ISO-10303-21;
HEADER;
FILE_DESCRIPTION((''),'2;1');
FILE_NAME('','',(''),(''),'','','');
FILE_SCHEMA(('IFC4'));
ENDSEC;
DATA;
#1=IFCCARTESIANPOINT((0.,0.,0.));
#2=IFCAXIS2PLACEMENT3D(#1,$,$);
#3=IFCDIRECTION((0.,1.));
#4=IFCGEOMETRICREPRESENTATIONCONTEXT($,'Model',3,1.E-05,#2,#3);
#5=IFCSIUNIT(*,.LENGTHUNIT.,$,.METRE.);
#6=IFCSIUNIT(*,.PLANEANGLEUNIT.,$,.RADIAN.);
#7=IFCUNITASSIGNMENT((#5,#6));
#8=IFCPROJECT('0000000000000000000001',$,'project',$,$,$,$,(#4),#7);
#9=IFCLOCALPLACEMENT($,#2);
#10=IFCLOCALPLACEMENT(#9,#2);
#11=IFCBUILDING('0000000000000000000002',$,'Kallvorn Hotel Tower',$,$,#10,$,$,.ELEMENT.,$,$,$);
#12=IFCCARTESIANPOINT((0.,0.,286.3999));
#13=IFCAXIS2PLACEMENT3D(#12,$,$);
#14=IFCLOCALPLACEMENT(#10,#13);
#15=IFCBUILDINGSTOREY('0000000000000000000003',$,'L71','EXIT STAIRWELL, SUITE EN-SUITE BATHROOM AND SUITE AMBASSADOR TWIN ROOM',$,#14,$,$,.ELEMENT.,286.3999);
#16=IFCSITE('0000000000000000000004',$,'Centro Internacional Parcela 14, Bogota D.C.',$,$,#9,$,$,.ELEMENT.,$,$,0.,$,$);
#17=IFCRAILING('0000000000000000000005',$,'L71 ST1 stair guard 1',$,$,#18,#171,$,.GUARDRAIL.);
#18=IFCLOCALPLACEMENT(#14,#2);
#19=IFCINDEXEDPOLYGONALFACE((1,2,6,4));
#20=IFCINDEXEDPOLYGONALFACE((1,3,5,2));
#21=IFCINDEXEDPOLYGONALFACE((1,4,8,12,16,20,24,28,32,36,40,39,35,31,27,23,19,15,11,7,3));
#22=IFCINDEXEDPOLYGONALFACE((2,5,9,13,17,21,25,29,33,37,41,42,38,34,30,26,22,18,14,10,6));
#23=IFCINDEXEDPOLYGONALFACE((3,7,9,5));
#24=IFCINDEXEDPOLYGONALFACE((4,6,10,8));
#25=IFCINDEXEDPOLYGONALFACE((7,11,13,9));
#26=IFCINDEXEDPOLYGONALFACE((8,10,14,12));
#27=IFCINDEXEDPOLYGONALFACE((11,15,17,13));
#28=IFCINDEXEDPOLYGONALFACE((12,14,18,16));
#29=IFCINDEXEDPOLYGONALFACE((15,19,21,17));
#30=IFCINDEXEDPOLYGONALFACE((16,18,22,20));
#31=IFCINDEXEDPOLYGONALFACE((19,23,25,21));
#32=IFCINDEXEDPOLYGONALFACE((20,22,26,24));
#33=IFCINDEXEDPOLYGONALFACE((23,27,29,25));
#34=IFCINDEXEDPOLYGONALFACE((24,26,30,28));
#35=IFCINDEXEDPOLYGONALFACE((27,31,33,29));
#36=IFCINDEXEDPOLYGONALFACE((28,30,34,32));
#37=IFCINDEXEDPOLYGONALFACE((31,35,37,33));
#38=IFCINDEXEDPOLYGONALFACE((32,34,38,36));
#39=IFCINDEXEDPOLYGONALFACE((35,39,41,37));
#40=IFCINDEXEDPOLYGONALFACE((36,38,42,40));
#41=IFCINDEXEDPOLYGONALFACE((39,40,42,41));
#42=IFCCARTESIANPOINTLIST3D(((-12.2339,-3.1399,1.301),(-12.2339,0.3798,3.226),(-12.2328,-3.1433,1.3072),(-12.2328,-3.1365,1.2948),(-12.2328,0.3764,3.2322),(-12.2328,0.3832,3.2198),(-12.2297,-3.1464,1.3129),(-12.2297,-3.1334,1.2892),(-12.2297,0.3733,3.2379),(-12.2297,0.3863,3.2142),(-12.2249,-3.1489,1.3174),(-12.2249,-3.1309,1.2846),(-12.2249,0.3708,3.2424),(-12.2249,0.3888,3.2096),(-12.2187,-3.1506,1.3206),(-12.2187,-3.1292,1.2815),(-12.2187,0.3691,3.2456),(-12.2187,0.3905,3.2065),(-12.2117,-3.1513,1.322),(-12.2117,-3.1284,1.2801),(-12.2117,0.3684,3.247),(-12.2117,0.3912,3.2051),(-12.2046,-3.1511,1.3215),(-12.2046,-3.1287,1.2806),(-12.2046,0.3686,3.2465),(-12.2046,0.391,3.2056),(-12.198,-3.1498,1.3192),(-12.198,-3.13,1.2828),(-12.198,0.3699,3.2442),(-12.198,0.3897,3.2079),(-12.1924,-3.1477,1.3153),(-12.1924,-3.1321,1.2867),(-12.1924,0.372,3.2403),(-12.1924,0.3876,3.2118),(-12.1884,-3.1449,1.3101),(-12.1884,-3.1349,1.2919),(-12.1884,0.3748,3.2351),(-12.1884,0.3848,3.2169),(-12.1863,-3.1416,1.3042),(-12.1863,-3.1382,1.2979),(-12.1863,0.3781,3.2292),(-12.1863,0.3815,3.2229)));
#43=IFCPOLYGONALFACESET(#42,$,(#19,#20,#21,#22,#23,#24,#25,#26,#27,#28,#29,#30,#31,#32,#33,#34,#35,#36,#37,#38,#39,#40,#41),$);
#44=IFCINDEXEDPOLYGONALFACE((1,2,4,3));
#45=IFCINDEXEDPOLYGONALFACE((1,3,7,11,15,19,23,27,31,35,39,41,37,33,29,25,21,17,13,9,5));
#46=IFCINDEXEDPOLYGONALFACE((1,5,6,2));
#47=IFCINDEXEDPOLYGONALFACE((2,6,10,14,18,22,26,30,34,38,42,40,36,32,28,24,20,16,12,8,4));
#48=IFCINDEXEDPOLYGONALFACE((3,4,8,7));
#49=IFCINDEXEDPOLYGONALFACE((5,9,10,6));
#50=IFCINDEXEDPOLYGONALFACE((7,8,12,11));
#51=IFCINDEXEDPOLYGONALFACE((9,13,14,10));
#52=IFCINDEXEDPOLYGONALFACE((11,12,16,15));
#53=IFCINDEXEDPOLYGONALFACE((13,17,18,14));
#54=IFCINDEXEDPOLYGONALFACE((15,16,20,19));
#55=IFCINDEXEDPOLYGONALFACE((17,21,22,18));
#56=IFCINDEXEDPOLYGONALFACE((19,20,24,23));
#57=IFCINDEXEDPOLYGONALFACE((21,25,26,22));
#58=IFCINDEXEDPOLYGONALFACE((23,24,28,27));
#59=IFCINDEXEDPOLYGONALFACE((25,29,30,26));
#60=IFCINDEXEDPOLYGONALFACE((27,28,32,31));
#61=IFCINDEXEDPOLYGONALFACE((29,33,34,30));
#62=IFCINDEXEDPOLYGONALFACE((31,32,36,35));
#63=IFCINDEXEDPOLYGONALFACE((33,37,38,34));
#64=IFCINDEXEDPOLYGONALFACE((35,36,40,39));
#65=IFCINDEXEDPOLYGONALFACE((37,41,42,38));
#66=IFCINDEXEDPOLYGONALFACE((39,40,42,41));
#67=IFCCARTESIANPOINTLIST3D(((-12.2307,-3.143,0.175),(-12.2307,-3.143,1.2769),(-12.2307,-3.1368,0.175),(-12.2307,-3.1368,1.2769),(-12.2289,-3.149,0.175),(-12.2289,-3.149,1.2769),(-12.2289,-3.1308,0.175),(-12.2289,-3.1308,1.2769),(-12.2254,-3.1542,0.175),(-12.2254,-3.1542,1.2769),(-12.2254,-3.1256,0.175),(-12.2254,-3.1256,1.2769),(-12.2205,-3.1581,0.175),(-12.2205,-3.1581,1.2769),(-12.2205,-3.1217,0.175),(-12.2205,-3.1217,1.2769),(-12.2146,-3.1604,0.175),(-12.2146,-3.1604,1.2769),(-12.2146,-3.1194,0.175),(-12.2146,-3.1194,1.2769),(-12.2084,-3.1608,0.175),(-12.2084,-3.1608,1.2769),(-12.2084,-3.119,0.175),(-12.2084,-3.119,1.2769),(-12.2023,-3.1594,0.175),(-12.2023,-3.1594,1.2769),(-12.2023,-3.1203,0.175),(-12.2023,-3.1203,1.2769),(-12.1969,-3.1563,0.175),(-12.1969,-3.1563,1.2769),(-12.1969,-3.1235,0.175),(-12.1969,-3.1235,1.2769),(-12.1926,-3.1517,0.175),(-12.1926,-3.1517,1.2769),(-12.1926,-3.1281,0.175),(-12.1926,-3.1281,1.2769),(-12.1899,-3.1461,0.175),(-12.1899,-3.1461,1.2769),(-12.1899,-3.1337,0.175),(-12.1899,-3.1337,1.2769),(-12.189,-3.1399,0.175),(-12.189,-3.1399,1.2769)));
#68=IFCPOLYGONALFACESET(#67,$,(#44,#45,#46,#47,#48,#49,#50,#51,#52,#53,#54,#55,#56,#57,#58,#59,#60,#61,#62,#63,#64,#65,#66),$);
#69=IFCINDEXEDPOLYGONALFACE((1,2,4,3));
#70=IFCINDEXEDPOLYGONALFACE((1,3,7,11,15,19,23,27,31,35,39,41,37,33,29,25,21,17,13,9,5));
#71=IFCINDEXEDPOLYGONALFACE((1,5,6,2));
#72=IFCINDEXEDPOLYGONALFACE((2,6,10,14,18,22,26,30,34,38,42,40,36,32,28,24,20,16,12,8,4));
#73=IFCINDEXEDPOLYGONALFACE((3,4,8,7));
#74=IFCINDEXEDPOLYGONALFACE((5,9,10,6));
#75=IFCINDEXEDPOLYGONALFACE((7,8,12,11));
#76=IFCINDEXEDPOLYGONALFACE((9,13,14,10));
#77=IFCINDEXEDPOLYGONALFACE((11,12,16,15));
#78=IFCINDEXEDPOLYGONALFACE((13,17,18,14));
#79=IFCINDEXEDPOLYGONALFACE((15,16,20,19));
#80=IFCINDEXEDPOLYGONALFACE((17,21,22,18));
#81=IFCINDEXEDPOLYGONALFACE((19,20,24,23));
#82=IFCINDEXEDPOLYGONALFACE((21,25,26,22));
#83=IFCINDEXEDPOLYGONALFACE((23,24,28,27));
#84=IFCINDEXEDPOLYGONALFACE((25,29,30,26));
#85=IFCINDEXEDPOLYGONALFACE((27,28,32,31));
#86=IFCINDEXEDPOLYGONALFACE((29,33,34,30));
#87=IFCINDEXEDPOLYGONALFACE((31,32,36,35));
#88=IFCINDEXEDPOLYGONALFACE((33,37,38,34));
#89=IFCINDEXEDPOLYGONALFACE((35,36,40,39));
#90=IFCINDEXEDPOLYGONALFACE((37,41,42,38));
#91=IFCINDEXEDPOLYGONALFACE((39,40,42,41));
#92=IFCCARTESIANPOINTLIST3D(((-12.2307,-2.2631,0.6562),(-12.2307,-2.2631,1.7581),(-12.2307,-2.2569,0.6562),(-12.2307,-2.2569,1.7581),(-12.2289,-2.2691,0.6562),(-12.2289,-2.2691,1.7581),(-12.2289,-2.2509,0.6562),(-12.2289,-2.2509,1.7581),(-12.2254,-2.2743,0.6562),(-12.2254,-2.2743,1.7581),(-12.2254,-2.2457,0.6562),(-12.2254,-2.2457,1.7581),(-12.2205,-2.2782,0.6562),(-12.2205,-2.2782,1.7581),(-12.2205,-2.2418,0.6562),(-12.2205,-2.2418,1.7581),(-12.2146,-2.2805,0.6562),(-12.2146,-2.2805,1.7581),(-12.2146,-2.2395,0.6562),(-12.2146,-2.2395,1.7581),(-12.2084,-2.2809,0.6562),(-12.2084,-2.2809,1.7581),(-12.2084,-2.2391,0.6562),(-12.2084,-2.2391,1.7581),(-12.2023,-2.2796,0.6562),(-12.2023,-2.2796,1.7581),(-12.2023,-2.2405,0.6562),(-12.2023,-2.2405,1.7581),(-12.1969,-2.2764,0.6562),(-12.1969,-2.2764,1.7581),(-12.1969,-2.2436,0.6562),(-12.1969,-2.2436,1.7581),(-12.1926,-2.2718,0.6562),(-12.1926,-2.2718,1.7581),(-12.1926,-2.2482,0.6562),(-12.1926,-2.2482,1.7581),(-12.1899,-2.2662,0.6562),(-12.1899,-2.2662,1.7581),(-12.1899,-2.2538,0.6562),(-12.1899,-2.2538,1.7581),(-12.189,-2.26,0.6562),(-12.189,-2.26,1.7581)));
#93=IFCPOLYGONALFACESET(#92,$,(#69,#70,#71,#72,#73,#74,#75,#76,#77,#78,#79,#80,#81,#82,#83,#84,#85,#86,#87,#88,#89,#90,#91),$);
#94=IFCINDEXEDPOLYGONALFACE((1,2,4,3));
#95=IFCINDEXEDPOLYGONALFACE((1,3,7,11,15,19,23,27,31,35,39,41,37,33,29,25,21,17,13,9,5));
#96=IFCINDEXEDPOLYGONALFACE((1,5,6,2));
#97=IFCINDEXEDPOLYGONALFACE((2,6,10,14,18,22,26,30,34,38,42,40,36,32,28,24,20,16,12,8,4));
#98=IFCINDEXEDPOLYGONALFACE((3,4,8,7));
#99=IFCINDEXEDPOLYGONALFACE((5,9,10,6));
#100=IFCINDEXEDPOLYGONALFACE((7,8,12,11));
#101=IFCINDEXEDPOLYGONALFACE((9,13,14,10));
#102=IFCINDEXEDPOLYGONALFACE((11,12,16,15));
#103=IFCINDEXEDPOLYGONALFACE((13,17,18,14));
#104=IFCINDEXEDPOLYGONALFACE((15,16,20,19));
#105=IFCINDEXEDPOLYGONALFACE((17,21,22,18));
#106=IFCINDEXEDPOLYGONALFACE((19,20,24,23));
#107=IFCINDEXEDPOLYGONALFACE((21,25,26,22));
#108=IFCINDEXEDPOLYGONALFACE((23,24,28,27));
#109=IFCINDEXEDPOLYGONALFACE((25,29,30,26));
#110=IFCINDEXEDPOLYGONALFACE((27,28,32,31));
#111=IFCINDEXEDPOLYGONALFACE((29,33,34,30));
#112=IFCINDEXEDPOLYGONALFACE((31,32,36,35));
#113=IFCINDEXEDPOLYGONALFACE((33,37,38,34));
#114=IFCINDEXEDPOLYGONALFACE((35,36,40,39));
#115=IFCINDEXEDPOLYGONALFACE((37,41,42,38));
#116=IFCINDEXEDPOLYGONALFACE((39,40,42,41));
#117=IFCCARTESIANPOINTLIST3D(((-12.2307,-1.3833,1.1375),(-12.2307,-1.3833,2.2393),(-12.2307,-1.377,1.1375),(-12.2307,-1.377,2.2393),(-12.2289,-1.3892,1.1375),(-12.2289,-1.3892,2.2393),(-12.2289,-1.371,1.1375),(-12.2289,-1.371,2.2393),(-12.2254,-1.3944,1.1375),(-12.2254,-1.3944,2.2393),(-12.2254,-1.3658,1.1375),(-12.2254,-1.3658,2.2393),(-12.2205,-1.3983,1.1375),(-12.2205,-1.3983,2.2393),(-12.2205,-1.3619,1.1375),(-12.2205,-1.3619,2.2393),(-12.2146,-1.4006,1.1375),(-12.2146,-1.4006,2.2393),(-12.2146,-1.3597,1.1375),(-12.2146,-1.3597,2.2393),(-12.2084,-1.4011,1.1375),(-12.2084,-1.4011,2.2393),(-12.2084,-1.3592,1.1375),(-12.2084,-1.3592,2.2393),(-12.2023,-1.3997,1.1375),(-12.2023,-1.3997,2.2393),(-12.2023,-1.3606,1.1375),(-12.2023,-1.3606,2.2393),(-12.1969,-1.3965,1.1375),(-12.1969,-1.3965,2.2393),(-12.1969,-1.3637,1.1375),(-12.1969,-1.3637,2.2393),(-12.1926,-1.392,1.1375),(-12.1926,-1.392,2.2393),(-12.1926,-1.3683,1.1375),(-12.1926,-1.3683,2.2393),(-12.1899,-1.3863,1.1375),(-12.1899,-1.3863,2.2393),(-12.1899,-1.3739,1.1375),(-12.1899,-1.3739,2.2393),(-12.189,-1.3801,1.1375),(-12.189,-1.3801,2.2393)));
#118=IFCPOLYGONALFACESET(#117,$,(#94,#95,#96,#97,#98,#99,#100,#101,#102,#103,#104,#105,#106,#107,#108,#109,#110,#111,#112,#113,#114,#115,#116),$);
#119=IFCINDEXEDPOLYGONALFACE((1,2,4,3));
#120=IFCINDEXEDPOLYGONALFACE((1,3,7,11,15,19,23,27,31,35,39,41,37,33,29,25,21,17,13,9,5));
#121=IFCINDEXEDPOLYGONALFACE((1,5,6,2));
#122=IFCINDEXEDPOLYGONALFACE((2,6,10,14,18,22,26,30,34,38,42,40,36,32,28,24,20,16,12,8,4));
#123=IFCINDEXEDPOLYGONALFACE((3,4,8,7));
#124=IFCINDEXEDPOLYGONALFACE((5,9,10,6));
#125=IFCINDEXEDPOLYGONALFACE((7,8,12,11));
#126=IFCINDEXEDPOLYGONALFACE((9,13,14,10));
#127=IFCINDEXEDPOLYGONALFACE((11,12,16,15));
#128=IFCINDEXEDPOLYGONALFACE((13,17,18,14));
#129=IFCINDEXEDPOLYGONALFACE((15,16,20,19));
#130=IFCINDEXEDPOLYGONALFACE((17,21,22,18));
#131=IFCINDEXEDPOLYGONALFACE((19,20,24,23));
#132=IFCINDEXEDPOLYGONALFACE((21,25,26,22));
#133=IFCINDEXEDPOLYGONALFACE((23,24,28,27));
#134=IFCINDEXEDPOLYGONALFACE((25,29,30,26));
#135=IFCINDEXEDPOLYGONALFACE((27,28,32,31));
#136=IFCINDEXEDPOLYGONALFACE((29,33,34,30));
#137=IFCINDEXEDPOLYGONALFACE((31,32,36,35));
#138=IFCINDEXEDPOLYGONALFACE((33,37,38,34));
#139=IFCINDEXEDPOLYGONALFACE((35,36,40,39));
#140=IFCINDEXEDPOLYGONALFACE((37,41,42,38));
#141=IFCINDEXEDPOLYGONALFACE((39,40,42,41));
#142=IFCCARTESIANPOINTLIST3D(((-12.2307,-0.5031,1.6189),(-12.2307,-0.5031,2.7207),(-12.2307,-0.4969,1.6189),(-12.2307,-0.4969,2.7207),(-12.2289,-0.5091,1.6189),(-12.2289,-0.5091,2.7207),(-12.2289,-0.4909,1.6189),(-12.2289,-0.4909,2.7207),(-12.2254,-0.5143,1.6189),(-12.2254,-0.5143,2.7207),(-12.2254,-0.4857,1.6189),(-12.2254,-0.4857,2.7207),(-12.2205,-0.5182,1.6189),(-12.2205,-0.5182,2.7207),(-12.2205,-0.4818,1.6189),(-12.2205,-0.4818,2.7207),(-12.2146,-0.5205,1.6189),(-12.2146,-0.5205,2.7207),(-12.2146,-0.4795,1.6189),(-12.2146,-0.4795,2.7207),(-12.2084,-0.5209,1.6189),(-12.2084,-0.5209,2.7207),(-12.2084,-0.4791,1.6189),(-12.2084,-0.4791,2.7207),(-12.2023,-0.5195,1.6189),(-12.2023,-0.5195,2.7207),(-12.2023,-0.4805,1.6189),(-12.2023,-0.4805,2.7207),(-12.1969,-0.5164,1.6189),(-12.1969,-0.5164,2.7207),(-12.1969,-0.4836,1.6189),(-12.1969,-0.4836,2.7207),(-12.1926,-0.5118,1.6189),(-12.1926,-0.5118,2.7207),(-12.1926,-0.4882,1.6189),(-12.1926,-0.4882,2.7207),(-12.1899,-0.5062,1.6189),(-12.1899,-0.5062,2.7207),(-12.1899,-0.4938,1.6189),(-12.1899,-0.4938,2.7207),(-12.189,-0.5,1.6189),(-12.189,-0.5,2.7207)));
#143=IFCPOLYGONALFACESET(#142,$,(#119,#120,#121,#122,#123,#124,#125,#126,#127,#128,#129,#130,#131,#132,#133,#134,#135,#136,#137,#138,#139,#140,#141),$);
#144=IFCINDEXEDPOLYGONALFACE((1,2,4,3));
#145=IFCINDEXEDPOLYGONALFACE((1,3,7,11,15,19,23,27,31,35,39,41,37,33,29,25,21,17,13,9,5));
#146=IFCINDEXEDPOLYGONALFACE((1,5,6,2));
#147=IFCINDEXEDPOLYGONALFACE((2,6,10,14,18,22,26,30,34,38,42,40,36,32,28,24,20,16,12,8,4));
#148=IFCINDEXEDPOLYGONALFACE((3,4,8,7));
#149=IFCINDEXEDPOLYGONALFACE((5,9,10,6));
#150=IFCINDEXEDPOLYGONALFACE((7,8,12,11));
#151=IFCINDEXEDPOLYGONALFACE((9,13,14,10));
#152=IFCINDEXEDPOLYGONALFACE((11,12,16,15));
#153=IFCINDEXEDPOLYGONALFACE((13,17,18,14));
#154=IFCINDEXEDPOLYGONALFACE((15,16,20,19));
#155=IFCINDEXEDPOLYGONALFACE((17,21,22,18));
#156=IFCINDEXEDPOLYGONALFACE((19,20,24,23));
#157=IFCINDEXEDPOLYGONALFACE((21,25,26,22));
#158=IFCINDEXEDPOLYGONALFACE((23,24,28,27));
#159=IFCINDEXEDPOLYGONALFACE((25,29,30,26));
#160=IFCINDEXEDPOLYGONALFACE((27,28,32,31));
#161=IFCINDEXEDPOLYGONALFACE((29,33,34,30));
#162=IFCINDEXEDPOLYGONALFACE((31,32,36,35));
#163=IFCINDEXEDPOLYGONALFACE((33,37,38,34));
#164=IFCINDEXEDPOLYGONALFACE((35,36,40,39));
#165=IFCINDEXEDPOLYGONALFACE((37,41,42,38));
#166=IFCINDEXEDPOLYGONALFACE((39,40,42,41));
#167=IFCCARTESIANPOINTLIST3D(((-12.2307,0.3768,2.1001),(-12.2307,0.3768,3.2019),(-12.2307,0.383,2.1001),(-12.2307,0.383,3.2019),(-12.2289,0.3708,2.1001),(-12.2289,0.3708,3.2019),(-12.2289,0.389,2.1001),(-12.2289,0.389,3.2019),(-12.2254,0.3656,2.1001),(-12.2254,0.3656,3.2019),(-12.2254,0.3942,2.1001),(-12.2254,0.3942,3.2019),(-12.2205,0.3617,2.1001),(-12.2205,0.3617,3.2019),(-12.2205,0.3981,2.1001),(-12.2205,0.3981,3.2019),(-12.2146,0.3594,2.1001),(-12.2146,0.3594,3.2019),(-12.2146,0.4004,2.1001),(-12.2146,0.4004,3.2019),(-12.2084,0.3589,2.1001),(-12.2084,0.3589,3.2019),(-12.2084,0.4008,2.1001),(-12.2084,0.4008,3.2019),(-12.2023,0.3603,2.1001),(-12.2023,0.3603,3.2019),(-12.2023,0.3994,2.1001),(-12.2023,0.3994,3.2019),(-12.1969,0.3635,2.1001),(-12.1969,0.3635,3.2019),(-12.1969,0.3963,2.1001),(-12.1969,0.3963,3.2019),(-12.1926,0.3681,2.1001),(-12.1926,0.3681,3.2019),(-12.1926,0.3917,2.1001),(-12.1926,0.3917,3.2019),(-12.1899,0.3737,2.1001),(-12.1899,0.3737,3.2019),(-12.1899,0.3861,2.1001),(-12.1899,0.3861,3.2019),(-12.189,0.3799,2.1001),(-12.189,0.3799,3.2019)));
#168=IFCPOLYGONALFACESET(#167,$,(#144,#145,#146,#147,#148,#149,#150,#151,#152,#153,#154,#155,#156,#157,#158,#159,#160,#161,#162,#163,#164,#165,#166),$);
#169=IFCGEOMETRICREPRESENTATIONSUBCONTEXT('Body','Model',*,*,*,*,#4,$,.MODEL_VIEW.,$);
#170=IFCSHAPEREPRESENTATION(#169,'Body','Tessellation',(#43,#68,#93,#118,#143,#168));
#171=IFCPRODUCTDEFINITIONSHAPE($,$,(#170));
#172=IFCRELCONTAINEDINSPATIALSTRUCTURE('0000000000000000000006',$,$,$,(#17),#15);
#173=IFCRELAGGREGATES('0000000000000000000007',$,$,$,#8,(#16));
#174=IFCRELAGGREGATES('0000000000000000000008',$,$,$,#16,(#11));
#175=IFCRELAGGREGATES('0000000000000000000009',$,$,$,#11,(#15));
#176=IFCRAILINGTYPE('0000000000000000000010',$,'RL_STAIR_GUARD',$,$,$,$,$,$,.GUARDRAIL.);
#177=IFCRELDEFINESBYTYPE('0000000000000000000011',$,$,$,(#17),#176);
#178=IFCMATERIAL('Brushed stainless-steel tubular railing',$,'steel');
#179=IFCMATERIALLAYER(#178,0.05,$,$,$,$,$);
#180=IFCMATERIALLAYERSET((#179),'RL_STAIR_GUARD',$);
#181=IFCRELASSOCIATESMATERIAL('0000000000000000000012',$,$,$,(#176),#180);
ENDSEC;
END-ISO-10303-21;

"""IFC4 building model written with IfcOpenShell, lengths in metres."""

from ifc_helpers import new_model, si_unit, direction, frame, origin, origin_2d, place, context, subcontext, project, spatial, circle, extrude, material, layer, layer_set, type_object, element, save


model = new_model("IFC4")

# Units and contexts
model_context = context("Model", 3, precision=1e-05, world=origin(), true_north=direction((0.0, 1.0)))
body_context = subcontext(model_context, "Body", "Model", "MODEL_VIEW")
ifc_project = project(units=[si_unit("LENGTHUNIT", "METRE"), si_unit("PLANEANGLEUNIT", "RADIAN")], contexts=[model_context])

# Site, building, storey
site_placement = place(None, origin())
site = spatial("IfcSite", under=ifc_project, at=site_placement, Name="Centro Internacional Parcela 14, Bogota D.C.", CompositionType="ELEMENT", RefElevation=0.0)
building_placement = place(site_placement, origin())
building = spatial("IfcBuilding", under=site, at=building_placement, Name="Kallvorn Hotel Tower", CompositionType="ELEMENT")
storey_placement = place(building_placement, frame((0.0, 0.0, 286.3999)))
storey = spatial("IfcBuildingStorey", under=building, at=storey_placement, Name="L71", Description="EXIT STAIRWELL, SUITE EN-SUITE BATHROOM AND SUITE AMBASSADOR TWIN ROOM", CompositionType="ELEMENT", Elevation=286.3999)

# Railing
ifc_material_1 = material(Name="Brushed stainless-steel tubular railing", Category="steel")
ifc_layer_1 = layer(ifc_material_1, 0.05)
ifc_layer_set_1 = layer_set([ifc_layer_1], Name="RL_STAIR_GUARD")
railing_type_1 = type_object("IfcRailingType", Name="RL_STAIR_GUARD", PredefinedType="GUARDRAIL", material=ifc_layer_set_1)
railing_1_placement = place(storey_placement, frame((-12.21, -3.1399, 0.175)))
element("IfcRailing", 1, at=railing_1_placement, inside=storey, type_object=railing_type_1, Name="L71 ST1 stair guard 1", PredefinedType="GUARDRAIL", context=body_context, shape_type="SweptSolid", body=[
    extrude(circle(Radius=0.0239, at=origin_2d()), frame((0.0, 0.0, 1.126), z_axis=(0.0, 0.877353, 0.479845), x_axis=(-1.0, 0.0, 0.0)), (0.0, 0.0, 1.0), 4.0117),
    extrude(circle(Radius=0.021, at=origin_2d()), origin(), (0.0, 0.0, 1.0), 1.1018),
    extrude(circle(Radius=0.021, at=origin_2d()), frame((0.0, 0.8799, 0.4812)), (0.0, 0.0, 1.0), 1.1018),
    extrude(circle(Radius=0.021, at=origin_2d()), frame((0.0, 1.7598, 0.9624)), (0.0, 0.0, 1.0), 1.1018),
    extrude(circle(Radius=0.021, at=origin_2d()), frame((0.0, 2.6399, 1.4438)), (0.0, 0.0, 1.0), 1.1018),
    extrude(circle(Radius=0.021, at=origin_2d()), frame((0.0, 3.5198, 1.925)), (0.0, 0.0, 1.0), 1.1018),
])

save(model, "model.ifc")
